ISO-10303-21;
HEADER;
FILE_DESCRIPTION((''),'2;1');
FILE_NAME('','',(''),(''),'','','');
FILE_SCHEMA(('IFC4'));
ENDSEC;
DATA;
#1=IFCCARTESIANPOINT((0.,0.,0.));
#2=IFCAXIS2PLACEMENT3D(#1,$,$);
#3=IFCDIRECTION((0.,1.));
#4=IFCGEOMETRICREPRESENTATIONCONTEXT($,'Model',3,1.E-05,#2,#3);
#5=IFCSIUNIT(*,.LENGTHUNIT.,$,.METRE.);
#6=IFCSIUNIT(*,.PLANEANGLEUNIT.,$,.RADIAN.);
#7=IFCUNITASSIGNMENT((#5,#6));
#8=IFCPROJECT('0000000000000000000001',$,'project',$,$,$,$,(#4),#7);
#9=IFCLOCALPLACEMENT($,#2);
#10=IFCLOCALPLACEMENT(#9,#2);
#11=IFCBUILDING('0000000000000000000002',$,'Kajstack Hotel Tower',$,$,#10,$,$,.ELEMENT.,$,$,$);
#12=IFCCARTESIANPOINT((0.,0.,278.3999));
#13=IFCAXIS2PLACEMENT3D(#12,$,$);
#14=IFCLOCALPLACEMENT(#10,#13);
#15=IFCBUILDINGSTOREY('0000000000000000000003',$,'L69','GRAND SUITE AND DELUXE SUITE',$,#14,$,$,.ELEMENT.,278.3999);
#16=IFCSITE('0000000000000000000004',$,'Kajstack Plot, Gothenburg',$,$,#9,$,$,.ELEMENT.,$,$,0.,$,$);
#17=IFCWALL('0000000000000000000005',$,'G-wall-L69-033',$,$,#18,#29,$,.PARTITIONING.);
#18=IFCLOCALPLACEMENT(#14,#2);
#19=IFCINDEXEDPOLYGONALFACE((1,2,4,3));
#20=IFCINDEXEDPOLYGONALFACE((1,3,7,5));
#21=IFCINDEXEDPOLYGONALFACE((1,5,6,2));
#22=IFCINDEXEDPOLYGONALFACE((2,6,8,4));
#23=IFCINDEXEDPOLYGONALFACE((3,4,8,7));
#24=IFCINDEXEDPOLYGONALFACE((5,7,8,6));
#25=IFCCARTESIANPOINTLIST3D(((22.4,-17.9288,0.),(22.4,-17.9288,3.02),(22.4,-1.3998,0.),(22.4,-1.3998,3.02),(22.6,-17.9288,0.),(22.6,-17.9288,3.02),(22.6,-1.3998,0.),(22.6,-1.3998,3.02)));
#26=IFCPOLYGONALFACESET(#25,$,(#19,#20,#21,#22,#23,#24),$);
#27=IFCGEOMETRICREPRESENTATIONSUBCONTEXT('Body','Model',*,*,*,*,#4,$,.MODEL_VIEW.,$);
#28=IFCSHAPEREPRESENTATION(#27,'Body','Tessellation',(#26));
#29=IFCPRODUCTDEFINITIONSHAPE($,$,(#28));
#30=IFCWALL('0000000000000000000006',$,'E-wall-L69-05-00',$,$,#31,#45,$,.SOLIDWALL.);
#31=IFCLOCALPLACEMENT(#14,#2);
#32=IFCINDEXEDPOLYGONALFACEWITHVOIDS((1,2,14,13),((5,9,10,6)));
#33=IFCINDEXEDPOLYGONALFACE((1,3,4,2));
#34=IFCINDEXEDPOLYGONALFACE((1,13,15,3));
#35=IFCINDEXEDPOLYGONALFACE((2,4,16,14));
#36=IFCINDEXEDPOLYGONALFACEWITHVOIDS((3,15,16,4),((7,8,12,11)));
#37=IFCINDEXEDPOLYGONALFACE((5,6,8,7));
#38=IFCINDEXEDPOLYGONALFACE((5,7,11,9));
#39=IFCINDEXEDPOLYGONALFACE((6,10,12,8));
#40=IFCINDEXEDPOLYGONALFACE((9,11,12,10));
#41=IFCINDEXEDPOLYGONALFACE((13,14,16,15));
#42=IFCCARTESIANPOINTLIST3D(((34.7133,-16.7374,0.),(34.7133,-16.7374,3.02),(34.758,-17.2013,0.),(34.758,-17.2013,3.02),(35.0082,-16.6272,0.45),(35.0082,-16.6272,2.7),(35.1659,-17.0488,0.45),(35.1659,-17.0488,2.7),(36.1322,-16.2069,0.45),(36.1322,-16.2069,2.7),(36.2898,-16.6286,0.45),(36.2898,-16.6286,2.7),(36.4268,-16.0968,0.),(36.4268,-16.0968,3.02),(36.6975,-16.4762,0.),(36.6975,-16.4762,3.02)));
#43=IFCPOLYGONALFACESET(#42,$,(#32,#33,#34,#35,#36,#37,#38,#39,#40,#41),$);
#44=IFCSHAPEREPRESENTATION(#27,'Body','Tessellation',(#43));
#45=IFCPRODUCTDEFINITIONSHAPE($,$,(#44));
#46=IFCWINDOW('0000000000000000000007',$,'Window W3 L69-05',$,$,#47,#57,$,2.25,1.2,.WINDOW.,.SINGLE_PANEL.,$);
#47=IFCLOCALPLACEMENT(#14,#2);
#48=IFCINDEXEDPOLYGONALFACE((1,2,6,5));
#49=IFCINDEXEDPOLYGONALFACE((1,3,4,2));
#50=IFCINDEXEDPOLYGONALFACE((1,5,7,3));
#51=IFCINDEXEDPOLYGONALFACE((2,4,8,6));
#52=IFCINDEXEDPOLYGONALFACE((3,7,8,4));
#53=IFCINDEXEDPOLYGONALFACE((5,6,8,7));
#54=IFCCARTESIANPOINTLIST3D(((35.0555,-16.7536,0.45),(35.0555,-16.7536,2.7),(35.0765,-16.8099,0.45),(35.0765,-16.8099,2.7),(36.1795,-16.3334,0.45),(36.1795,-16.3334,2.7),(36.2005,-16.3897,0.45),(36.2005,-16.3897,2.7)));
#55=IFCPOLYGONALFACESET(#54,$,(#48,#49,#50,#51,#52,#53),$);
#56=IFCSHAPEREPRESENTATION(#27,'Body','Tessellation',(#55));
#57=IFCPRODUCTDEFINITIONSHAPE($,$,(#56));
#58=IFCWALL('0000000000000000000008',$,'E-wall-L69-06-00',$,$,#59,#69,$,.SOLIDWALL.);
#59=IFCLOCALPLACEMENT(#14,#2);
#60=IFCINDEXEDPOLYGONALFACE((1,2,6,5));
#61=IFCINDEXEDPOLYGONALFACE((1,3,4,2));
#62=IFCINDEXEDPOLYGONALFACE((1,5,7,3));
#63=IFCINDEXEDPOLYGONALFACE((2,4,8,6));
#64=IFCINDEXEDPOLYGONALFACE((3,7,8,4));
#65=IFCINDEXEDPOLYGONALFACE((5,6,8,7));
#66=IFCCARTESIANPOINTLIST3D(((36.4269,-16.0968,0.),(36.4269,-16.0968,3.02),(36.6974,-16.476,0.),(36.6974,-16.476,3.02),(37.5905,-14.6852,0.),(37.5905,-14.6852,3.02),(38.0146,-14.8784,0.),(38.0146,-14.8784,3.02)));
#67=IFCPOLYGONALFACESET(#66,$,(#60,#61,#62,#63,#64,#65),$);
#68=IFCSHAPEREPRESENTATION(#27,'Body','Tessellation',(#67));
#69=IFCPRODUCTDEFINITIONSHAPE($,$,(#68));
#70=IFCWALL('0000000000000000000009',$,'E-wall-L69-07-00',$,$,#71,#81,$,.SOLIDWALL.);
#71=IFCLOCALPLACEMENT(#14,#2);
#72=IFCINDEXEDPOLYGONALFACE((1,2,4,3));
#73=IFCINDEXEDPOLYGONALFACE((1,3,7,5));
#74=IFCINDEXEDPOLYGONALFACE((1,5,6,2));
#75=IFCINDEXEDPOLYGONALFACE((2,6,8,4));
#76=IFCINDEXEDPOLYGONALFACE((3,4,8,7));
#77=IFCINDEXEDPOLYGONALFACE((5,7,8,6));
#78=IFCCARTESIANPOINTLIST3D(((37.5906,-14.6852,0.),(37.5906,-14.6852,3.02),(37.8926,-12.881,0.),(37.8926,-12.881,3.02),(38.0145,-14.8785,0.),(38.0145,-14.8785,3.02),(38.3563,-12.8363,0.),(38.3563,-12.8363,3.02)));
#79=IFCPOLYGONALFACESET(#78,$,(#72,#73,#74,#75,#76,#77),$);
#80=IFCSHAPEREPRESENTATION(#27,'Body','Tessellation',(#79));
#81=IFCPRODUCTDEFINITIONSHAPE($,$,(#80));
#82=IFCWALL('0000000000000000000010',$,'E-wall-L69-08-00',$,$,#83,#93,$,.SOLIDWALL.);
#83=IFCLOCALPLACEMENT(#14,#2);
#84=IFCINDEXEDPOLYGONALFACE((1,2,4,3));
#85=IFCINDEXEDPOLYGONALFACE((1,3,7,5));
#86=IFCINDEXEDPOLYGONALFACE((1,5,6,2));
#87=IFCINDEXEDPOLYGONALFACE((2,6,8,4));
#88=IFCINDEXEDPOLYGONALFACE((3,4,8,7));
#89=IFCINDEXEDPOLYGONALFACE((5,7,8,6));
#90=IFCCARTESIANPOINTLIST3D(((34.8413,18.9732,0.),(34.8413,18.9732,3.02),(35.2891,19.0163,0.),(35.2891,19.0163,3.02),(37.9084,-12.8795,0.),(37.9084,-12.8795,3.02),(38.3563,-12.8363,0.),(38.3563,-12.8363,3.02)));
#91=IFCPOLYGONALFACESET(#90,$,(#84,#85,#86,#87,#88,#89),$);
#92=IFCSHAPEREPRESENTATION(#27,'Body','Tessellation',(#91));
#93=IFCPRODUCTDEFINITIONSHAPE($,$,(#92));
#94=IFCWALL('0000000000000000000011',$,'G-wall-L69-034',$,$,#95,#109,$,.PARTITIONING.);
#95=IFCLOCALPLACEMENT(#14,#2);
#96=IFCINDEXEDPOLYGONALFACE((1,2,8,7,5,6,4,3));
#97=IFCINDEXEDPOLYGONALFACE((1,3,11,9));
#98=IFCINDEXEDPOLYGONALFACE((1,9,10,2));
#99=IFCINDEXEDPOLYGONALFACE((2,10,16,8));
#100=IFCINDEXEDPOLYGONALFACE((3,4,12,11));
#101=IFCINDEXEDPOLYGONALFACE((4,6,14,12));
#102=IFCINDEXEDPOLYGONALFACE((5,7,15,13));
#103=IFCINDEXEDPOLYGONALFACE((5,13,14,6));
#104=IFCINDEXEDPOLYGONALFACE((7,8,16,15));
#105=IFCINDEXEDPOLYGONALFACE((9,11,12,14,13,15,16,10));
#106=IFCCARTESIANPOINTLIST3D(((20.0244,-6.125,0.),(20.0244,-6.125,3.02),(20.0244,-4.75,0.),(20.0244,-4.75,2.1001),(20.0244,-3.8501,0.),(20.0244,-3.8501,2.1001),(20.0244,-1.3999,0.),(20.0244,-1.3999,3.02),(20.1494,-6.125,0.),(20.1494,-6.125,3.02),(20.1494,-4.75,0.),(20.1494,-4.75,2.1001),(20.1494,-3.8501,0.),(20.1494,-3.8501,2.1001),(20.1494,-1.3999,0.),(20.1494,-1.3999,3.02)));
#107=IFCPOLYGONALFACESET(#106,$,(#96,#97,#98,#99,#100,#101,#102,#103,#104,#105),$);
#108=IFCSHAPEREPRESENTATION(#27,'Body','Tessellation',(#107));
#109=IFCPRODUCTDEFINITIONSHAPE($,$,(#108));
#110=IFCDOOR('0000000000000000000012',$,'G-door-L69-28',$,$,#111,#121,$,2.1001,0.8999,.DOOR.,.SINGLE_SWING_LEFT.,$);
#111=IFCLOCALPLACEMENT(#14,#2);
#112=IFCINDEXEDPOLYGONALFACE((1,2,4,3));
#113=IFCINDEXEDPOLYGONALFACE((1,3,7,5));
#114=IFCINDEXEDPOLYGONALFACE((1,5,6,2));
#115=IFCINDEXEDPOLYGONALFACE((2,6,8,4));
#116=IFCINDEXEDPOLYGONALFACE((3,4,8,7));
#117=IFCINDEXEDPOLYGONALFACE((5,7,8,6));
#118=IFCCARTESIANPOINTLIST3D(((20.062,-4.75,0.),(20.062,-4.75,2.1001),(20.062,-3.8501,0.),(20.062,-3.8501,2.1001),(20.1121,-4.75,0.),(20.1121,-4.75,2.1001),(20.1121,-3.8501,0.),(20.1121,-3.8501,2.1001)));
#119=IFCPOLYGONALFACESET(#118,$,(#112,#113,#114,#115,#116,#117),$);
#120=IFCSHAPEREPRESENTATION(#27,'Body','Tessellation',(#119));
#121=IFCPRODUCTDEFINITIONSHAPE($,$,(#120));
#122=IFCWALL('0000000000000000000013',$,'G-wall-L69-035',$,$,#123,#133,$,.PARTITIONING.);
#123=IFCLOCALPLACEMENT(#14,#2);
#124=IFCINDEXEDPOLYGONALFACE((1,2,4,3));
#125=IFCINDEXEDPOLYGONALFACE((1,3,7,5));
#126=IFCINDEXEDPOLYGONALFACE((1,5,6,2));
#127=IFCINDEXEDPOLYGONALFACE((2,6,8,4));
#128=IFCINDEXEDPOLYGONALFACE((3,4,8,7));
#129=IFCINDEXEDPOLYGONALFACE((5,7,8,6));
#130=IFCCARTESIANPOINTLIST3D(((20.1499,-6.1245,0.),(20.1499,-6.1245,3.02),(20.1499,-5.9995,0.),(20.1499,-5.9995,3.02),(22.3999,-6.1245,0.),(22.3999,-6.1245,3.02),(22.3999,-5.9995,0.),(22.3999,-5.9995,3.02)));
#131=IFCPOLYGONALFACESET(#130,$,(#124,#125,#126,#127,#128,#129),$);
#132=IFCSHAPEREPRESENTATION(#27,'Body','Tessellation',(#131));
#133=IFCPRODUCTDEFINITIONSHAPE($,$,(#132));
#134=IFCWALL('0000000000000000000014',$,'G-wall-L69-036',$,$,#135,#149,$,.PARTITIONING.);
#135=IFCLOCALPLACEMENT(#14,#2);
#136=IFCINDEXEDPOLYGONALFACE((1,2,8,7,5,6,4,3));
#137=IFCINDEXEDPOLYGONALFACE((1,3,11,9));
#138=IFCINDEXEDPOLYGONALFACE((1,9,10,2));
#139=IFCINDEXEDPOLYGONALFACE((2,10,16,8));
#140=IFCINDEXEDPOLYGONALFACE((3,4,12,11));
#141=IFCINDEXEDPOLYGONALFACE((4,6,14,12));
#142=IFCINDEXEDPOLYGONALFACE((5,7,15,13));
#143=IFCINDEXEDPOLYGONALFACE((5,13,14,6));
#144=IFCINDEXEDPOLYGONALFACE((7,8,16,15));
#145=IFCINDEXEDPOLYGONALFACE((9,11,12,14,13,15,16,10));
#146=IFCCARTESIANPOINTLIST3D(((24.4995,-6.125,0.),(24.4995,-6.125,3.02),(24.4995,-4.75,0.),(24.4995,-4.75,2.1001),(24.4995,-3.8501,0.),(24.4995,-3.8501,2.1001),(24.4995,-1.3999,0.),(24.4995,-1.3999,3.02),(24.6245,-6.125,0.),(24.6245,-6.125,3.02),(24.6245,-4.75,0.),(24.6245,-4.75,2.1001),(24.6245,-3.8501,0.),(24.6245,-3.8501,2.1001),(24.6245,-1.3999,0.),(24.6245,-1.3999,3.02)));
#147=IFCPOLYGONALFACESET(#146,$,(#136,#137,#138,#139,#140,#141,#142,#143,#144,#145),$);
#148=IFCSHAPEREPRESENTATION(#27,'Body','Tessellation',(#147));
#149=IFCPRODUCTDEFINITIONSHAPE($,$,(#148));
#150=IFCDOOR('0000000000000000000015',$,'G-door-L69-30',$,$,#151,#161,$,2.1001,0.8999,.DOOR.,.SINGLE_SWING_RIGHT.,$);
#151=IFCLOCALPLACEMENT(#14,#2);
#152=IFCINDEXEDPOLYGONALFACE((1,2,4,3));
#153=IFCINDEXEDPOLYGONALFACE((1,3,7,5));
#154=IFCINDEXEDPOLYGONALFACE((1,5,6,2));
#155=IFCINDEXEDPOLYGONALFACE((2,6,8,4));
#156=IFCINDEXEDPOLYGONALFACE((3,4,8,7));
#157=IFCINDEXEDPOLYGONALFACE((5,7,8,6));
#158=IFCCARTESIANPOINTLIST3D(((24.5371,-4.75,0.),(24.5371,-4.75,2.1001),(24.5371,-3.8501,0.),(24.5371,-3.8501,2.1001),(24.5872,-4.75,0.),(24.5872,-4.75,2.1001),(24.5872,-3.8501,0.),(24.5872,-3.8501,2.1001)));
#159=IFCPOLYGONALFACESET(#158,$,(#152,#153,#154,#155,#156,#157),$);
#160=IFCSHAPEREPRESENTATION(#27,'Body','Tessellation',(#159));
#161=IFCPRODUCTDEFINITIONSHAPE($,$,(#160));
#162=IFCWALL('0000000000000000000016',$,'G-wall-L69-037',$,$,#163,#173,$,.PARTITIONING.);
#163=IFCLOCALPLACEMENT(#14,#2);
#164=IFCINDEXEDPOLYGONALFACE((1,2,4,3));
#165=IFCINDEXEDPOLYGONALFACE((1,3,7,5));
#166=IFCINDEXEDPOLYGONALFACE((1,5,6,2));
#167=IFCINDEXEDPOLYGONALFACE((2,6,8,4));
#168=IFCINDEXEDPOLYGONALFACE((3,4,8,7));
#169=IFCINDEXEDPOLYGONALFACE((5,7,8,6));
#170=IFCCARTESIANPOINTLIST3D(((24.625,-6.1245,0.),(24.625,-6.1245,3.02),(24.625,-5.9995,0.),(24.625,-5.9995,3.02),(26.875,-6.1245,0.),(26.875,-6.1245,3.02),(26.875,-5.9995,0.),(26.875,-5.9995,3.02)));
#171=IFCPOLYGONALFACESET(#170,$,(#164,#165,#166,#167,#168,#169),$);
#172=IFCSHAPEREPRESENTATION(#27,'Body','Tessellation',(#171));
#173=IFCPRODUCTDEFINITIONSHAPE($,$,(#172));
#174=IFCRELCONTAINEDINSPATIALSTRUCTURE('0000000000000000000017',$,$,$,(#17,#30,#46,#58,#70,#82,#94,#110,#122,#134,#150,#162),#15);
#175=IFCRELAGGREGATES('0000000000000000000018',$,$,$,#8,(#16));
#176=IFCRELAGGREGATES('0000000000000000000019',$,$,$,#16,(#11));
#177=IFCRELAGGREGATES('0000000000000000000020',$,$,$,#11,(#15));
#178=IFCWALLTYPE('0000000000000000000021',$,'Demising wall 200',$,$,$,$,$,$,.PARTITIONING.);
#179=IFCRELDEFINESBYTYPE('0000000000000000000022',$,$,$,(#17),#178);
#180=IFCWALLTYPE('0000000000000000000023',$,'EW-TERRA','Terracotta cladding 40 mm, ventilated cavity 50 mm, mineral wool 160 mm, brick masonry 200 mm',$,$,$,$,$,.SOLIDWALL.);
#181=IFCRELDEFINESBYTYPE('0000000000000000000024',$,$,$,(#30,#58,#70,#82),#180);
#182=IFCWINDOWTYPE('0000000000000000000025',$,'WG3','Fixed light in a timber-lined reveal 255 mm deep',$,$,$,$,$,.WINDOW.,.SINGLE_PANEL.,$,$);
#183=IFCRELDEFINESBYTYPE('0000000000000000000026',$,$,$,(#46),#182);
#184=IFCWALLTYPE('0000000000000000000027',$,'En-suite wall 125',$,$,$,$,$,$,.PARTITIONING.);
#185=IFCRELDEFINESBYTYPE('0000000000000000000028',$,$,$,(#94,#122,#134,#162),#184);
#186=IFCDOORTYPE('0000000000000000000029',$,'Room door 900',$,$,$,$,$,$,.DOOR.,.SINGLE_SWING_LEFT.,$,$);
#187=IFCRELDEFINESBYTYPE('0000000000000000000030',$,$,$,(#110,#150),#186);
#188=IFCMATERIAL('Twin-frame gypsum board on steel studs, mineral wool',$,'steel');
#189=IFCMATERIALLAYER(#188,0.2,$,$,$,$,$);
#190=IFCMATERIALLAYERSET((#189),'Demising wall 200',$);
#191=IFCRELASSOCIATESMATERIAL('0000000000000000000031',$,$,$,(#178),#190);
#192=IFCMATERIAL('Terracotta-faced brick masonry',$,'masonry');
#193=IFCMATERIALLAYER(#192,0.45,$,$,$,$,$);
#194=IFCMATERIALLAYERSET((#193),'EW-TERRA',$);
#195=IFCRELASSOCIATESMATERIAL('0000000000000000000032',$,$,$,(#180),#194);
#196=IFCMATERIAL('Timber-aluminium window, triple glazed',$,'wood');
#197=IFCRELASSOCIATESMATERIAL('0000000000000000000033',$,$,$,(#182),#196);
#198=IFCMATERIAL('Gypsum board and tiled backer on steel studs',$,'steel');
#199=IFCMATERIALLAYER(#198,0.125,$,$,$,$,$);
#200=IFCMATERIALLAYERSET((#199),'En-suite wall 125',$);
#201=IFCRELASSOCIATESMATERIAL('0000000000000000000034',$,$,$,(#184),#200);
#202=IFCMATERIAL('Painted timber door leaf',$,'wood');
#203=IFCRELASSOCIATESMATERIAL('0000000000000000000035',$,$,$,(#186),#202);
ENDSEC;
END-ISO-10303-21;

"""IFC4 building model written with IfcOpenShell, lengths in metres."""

from ifc_helpers import new_model, si_unit, direction, frame, frame_2d, origin, place, context, subcontext, project, spatial, polyline, rectangle, outline, extrude, material, layer, layer_set, type_object, element, fill, save


model = new_model("IFC4")

# Units and contexts
model_context = context("Model", 3, precision=1e-05, world=origin(), true_north=direction((0.0, 1.0)))
body_context = subcontext(model_context, "Body", "Model", "MODEL_VIEW")
ifc_project = project(units=[si_unit("LENGTHUNIT", "METRE"), si_unit("PLANEANGLEUNIT", "RADIAN")], contexts=[model_context])

# Site, building, storey
site_placement = place(None, origin())
site = spatial("IfcSite", under=ifc_project, at=site_placement, Name="Kajstack Plot, Gothenburg", CompositionType="ELEMENT", RefElevation=0.0)
building_placement = place(site_placement, origin())
building = spatial("IfcBuilding", under=site, at=building_placement, Name="Kajstack Hotel Tower", CompositionType="ELEMENT")
storey_placement = place(building_placement, frame((0.0, 0.0, 278.3999)))
storey = spatial("IfcBuildingStorey", under=building, at=storey_placement, Name="L69", Description="GRAND SUITE AND DELUXE SUITE", CompositionType="ELEMENT", Elevation=278.3999)

# Wall
ifc_material_1 = material(Name="Twin-frame gypsum board on steel studs, mineral wool", Category="steel")
ifc_layer_1 = layer(ifc_material_1, 0.2)
ifc_layer_set_1 = layer_set([ifc_layer_1], Name="Demising wall 200")
wall_type_1 = type_object("IfcWallType", Name="Demising wall 200", PredefinedType="PARTITIONING", material=ifc_layer_set_1)
wall_1_placement = place(storey_placement, frame((22.5, -17.929, 0.0), z_axis=(0.0, 0.0, 1.0), x_axis=(0.0, 1.0, 0.0)))
element("IfcWall", 1, at=wall_1_placement, inside=storey, type_object=wall_type_1, Name="G-wall-L69-033", PredefinedType="PARTITIONING", context=body_context, shape_type="SweptSolid", body=[
    extrude(rectangle(XDim=16.5291, YDim=0.2, at=frame_2d((8.2646, 0.0))), origin(), (0.0, 0.0, 1.0), 3.02),
])

# Wall, opening, window
ifc_material_2 = material(Name="Terracotta-faced brick masonry", Category="masonry")
ifc_layer_2 = layer(ifc_material_2, 0.45)
ifc_layer_set_2 = layer_set([ifc_layer_2], Name="EW-TERRA")
wall_type_2 = type_object("IfcWallType", Name="EW-TERRA", Description="Terracotta cladding 40 mm, ventilated cavity 50 mm, mineral wool 160 mm, brick masonry 200 mm", PredefinedType="SOLIDWALL", material=ifc_layer_set_2)
wall_2_placement = place(storey_placement, frame((34.6792, -16.9905, 0.0), z_axis=(0.0, 0.0, 1.0), x_axis=(0.936678, 0.350193, 0.0)))
wall_2 = element("IfcWall", 2, at=wall_2_placement, inside=storey, type_object=wall_type_2, Name="E-wall-L69-05-00", PredefinedType="SOLIDWALL", context=body_context, shape_type="SweptSolid", body=[
    extrude(outline(polyline([(0.0, -0.2251), (2.0706, -0.2251), (1.95, 0.2251), (0.1206, 0.2251), (0.0, -0.2251)])), origin(), (0.0, 0.0, 1.0), 3.02),
])
opening_1_placement = place(wall_2_placement, frame((0.4353, 0.0, 0.45)))
opening_1 = element("IfcOpeningElement", 3, at=opening_1_placement, cuts=wall_2, PredefinedType="OPENING", context=body_context, shape_type="SweptSolid", body=[
    extrude(rectangle(XDim=1.2, YDim=2.25, at=frame_2d((0.6001, 1.125))), frame((0.0, 0.2349, 0.0), z_axis=(0.0, -1.0, 0.0), x_axis=(1.0, 0.0, 0.0)), (0.0, 0.0, 1.0), 0.47),
])
ifc_material_3 = material(Name="Timber-aluminium window, triple glazed", Category="wood")
window_type = type_object("IfcWindowType", Name="WG3", Description="Fixed light in a timber-lined reveal 255 mm deep", PartitioningType="SINGLE_PANEL", PredefinedType="WINDOW", material=ifc_material_3)
window_placement = place(opening_1_placement, origin())
window = element("IfcWindow", 4, at=window_placement, inside=storey, type_object=window_type, Name="Window W3 L69-05", OverallHeight=2.25, OverallWidth=1.2, PartitioningType="SINGLE_PANEL", PredefinedType="WINDOW", context=body_context, shape_type="SweptSolid", body=[
    extrude(rectangle(XDim=1.2, YDim=2.25, at=frame_2d((0.6001, 1.125))), frame((0.0, 0.0901, 0.0), z_axis=(0.0, -1.0, 0.0), x_axis=(1.0, 0.0, 0.0)), (0.0, 0.0, 1.0), 0.0601),
])
fill(opening_1, window)

# Walls
wall_3_placement = place(storey_placement, frame((36.5239, -16.333, 0.0), z_axis=(0.0, 0.0, 1.0), x_axis=(0.636046, 0.771651, 0.0)))
element("IfcWall", 5, at=wall_3_placement, inside=storey, type_object=wall_type_2, Name="E-wall-L69-06-00", PredefinedType="SOLIDWALL", context=body_context, shape_type="SweptSolid", body=[
    extrude(outline(polyline([(0.0, -0.2249), (2.0706, -0.2251), (1.95, 0.2251), (0.1206, 0.2251), (0.0, -0.2249)])), origin(), (0.0, 0.0, 1.0), 3.02),
])
wall_4_placement = place(storey_placement, frame((37.7925, -14.8413, 0.0), z_axis=(0.0, 0.0, 1.0), x_axis=(0.165068, 0.986282, 0.0)))
element("IfcWall", 6, at=wall_4_placement, inside=storey, type_object=wall_type_2, Name="E-wall-L69-07-00", PredefinedType="SOLIDWALL", context=body_context, shape_type="SweptSolid", body=[
    extrude(outline(polyline([(0.0, -0.2251), (2.0706, -0.2251), (1.95, 0.2249), (0.1206, 0.2249), (0.0, -0.2251)])), origin(), (0.0, 0.0, 1.0), 3.02),
])
wall_5_placement = place(storey_placement, frame((38.1323, -12.8579, 0.0), z_axis=(0.0, 0.0, 1.0), x_axis=(-0.095848, 0.995396, 0.0)))
element("IfcWall", 7, at=wall_5_placement, inside=storey, type_object=wall_type_2, Name="E-wall-L69-08-00", PredefinedType="SOLIDWALL", context=body_context, shape_type="SweptSolid", body=[
    extrude(rectangle(XDim=32.0, YDim=0.45, at=frame_2d((16.0, 0.0))), origin(), (0.0, 0.0, 1.0), 3.02),
])

# Wall, opening, door
ifc_material_4 = material(Name="Gypsum board and tiled backer on steel studs", Category="steel")
ifc_layer_3 = layer(ifc_material_4, 0.125)
ifc_layer_set_3 = layer_set([ifc_layer_3], Name="En-suite wall 125")
wall_type_3 = type_object("IfcWallType", Name="En-suite wall 125", PredefinedType="PARTITIONING", material=ifc_layer_set_3)
wall_6_placement = place(storey_placement, frame((20.0869, -6.125, 0.0), z_axis=(0.0, 0.0, 1.0), x_axis=(0.0, 1.0, 0.0)))
wall_6 = element("IfcWall", 8, at=wall_6_placement, inside=storey, type_object=wall_type_3, Name="G-wall-L69-034", PredefinedType="PARTITIONING", context=body_context, shape_type="SweptSolid", body=[
    extrude(rectangle(XDim=4.7251, YDim=0.125, at=frame_2d((2.3625, 0.0))), origin(), (0.0, 0.0, 1.0), 3.02),
])
opening_2_placement = place(wall_6_placement, frame((1.375, 0.0, 0.0)))
opening_2 = element("IfcOpeningElement", 9, at=opening_2_placement, cuts=wall_6, PredefinedType="OPENING", context=body_context, shape_type="SweptSolid", body=[
    extrude(rectangle(XDim=0.8999, YDim=2.1001, at=frame_2d((0.45, 1.05))), frame((0.0, 0.0725, 0.0), z_axis=(0.0, -1.0, 0.0), x_axis=(1.0, 0.0, 0.0)), (0.0, 0.0, 1.0), 0.145),
])
ifc_material_5 = material(Name="Painted timber door leaf", Category="wood")
door_type_1 = type_object("IfcDoorType", Name="Room door 900", OperationType="SINGLE_SWING_LEFT", PredefinedType="DOOR", material=ifc_material_5)
door_1_placement = place(opening_2_placement, origin())
door_1 = element("IfcDoor", 10, at=door_1_placement, inside=storey, type_object=door_type_1, Name="G-door-L69-28", OperationType="SINGLE_SWING_LEFT", OverallHeight=2.1001, OverallWidth=0.8999, PredefinedType="DOOR", context=body_context, shape_type="SweptSolid", body=[
    extrude(rectangle(XDim=0.8999, YDim=2.1001, at=frame_2d((0.45, 1.05))), frame((0.0, 0.0249, 0.0), z_axis=(0.0, -1.0, 0.0), x_axis=(1.0, 0.0, 0.0)), (0.0, 0.0, 1.0), 0.05),
])
fill(opening_2, door_1)

# Wall
wall_7_placement = place(storey_placement, frame((20.1499, -6.062, 0.0), z_axis=(0.0, 0.0, 1.0), x_axis=(1.0, 0.0, 0.0)))
element("IfcWall", 11, at=wall_7_placement, inside=storey, type_object=wall_type_3, Name="G-wall-L69-035", PredefinedType="PARTITIONING", context=body_context, shape_type="SweptSolid", body=[
    extrude(rectangle(XDim=2.25, YDim=0.125, at=frame_2d((1.125, 0.0))), origin(), (0.0, 0.0, 1.0), 3.02),
])

# Wall, opening, door
wall_8_placement = place(storey_placement, frame((24.562, -6.125, 0.0), z_axis=(0.0, 0.0, 1.0), x_axis=(0.0, 1.0, 0.0)))
wall_8 = element("IfcWall", 12, at=wall_8_placement, inside=storey, type_object=wall_type_3, Name="G-wall-L69-036", PredefinedType="PARTITIONING", context=body_context, shape_type="SweptSolid", body=[
    extrude(rectangle(XDim=4.7251, YDim=0.125, at=frame_2d((2.3625, 0.0))), origin(), (0.0, 0.0, 1.0), 3.02),
])
opening_3_placement = place(wall_8_placement, frame((1.375, 0.0, 0.0)))
opening_3 = element("IfcOpeningElement", 13, at=opening_3_placement, cuts=wall_8, PredefinedType="OPENING", context=body_context, shape_type="SweptSolid", body=[
    extrude(rectangle(XDim=0.8999, YDim=2.1001, at=frame_2d((0.45, 1.05))), frame((0.0, 0.0725, 0.0), z_axis=(0.0, -1.0, 0.0), x_axis=(1.0, 0.0, 0.0)), (0.0, 0.0, 1.0), 0.145),
])
door_2_placement = place(opening_3_placement, origin())
door_2 = element("IfcDoor", 14, at=door_2_placement, inside=storey, type_object=door_type_1, Name="G-door-L69-30", OperationType="SINGLE_SWING_RIGHT", OverallHeight=2.1001, OverallWidth=0.8999, PredefinedType="DOOR", context=body_context, shape_type="SweptSolid", body=[
    extrude(rectangle(XDim=0.8999, YDim=2.1001, at=frame_2d((0.45, 1.05))), frame((0.0, 0.0249, 0.0), z_axis=(0.0, -1.0, 0.0), x_axis=(1.0, 0.0, 0.0)), (0.0, 0.0, 1.0), 0.05),
])
fill(opening_3, door_2)

# Wall
wall_9_placement = place(storey_placement, frame((24.625, -6.062, 0.0), z_axis=(0.0, 0.0, 1.0), x_axis=(1.0, 0.0, 0.0)))
element("IfcWall", 15, at=wall_9_placement, inside=storey, type_object=wall_type_3, Name="G-wall-L69-037", PredefinedType="PARTITIONING", context=body_context, shape_type="SweptSolid", body=[
    extrude(rectangle(XDim=2.25, YDim=0.125, at=frame_2d((1.125, 0.0))), origin(), (0.0, 0.0, 1.0), 3.02),
])

save(model, "model.ifc")
